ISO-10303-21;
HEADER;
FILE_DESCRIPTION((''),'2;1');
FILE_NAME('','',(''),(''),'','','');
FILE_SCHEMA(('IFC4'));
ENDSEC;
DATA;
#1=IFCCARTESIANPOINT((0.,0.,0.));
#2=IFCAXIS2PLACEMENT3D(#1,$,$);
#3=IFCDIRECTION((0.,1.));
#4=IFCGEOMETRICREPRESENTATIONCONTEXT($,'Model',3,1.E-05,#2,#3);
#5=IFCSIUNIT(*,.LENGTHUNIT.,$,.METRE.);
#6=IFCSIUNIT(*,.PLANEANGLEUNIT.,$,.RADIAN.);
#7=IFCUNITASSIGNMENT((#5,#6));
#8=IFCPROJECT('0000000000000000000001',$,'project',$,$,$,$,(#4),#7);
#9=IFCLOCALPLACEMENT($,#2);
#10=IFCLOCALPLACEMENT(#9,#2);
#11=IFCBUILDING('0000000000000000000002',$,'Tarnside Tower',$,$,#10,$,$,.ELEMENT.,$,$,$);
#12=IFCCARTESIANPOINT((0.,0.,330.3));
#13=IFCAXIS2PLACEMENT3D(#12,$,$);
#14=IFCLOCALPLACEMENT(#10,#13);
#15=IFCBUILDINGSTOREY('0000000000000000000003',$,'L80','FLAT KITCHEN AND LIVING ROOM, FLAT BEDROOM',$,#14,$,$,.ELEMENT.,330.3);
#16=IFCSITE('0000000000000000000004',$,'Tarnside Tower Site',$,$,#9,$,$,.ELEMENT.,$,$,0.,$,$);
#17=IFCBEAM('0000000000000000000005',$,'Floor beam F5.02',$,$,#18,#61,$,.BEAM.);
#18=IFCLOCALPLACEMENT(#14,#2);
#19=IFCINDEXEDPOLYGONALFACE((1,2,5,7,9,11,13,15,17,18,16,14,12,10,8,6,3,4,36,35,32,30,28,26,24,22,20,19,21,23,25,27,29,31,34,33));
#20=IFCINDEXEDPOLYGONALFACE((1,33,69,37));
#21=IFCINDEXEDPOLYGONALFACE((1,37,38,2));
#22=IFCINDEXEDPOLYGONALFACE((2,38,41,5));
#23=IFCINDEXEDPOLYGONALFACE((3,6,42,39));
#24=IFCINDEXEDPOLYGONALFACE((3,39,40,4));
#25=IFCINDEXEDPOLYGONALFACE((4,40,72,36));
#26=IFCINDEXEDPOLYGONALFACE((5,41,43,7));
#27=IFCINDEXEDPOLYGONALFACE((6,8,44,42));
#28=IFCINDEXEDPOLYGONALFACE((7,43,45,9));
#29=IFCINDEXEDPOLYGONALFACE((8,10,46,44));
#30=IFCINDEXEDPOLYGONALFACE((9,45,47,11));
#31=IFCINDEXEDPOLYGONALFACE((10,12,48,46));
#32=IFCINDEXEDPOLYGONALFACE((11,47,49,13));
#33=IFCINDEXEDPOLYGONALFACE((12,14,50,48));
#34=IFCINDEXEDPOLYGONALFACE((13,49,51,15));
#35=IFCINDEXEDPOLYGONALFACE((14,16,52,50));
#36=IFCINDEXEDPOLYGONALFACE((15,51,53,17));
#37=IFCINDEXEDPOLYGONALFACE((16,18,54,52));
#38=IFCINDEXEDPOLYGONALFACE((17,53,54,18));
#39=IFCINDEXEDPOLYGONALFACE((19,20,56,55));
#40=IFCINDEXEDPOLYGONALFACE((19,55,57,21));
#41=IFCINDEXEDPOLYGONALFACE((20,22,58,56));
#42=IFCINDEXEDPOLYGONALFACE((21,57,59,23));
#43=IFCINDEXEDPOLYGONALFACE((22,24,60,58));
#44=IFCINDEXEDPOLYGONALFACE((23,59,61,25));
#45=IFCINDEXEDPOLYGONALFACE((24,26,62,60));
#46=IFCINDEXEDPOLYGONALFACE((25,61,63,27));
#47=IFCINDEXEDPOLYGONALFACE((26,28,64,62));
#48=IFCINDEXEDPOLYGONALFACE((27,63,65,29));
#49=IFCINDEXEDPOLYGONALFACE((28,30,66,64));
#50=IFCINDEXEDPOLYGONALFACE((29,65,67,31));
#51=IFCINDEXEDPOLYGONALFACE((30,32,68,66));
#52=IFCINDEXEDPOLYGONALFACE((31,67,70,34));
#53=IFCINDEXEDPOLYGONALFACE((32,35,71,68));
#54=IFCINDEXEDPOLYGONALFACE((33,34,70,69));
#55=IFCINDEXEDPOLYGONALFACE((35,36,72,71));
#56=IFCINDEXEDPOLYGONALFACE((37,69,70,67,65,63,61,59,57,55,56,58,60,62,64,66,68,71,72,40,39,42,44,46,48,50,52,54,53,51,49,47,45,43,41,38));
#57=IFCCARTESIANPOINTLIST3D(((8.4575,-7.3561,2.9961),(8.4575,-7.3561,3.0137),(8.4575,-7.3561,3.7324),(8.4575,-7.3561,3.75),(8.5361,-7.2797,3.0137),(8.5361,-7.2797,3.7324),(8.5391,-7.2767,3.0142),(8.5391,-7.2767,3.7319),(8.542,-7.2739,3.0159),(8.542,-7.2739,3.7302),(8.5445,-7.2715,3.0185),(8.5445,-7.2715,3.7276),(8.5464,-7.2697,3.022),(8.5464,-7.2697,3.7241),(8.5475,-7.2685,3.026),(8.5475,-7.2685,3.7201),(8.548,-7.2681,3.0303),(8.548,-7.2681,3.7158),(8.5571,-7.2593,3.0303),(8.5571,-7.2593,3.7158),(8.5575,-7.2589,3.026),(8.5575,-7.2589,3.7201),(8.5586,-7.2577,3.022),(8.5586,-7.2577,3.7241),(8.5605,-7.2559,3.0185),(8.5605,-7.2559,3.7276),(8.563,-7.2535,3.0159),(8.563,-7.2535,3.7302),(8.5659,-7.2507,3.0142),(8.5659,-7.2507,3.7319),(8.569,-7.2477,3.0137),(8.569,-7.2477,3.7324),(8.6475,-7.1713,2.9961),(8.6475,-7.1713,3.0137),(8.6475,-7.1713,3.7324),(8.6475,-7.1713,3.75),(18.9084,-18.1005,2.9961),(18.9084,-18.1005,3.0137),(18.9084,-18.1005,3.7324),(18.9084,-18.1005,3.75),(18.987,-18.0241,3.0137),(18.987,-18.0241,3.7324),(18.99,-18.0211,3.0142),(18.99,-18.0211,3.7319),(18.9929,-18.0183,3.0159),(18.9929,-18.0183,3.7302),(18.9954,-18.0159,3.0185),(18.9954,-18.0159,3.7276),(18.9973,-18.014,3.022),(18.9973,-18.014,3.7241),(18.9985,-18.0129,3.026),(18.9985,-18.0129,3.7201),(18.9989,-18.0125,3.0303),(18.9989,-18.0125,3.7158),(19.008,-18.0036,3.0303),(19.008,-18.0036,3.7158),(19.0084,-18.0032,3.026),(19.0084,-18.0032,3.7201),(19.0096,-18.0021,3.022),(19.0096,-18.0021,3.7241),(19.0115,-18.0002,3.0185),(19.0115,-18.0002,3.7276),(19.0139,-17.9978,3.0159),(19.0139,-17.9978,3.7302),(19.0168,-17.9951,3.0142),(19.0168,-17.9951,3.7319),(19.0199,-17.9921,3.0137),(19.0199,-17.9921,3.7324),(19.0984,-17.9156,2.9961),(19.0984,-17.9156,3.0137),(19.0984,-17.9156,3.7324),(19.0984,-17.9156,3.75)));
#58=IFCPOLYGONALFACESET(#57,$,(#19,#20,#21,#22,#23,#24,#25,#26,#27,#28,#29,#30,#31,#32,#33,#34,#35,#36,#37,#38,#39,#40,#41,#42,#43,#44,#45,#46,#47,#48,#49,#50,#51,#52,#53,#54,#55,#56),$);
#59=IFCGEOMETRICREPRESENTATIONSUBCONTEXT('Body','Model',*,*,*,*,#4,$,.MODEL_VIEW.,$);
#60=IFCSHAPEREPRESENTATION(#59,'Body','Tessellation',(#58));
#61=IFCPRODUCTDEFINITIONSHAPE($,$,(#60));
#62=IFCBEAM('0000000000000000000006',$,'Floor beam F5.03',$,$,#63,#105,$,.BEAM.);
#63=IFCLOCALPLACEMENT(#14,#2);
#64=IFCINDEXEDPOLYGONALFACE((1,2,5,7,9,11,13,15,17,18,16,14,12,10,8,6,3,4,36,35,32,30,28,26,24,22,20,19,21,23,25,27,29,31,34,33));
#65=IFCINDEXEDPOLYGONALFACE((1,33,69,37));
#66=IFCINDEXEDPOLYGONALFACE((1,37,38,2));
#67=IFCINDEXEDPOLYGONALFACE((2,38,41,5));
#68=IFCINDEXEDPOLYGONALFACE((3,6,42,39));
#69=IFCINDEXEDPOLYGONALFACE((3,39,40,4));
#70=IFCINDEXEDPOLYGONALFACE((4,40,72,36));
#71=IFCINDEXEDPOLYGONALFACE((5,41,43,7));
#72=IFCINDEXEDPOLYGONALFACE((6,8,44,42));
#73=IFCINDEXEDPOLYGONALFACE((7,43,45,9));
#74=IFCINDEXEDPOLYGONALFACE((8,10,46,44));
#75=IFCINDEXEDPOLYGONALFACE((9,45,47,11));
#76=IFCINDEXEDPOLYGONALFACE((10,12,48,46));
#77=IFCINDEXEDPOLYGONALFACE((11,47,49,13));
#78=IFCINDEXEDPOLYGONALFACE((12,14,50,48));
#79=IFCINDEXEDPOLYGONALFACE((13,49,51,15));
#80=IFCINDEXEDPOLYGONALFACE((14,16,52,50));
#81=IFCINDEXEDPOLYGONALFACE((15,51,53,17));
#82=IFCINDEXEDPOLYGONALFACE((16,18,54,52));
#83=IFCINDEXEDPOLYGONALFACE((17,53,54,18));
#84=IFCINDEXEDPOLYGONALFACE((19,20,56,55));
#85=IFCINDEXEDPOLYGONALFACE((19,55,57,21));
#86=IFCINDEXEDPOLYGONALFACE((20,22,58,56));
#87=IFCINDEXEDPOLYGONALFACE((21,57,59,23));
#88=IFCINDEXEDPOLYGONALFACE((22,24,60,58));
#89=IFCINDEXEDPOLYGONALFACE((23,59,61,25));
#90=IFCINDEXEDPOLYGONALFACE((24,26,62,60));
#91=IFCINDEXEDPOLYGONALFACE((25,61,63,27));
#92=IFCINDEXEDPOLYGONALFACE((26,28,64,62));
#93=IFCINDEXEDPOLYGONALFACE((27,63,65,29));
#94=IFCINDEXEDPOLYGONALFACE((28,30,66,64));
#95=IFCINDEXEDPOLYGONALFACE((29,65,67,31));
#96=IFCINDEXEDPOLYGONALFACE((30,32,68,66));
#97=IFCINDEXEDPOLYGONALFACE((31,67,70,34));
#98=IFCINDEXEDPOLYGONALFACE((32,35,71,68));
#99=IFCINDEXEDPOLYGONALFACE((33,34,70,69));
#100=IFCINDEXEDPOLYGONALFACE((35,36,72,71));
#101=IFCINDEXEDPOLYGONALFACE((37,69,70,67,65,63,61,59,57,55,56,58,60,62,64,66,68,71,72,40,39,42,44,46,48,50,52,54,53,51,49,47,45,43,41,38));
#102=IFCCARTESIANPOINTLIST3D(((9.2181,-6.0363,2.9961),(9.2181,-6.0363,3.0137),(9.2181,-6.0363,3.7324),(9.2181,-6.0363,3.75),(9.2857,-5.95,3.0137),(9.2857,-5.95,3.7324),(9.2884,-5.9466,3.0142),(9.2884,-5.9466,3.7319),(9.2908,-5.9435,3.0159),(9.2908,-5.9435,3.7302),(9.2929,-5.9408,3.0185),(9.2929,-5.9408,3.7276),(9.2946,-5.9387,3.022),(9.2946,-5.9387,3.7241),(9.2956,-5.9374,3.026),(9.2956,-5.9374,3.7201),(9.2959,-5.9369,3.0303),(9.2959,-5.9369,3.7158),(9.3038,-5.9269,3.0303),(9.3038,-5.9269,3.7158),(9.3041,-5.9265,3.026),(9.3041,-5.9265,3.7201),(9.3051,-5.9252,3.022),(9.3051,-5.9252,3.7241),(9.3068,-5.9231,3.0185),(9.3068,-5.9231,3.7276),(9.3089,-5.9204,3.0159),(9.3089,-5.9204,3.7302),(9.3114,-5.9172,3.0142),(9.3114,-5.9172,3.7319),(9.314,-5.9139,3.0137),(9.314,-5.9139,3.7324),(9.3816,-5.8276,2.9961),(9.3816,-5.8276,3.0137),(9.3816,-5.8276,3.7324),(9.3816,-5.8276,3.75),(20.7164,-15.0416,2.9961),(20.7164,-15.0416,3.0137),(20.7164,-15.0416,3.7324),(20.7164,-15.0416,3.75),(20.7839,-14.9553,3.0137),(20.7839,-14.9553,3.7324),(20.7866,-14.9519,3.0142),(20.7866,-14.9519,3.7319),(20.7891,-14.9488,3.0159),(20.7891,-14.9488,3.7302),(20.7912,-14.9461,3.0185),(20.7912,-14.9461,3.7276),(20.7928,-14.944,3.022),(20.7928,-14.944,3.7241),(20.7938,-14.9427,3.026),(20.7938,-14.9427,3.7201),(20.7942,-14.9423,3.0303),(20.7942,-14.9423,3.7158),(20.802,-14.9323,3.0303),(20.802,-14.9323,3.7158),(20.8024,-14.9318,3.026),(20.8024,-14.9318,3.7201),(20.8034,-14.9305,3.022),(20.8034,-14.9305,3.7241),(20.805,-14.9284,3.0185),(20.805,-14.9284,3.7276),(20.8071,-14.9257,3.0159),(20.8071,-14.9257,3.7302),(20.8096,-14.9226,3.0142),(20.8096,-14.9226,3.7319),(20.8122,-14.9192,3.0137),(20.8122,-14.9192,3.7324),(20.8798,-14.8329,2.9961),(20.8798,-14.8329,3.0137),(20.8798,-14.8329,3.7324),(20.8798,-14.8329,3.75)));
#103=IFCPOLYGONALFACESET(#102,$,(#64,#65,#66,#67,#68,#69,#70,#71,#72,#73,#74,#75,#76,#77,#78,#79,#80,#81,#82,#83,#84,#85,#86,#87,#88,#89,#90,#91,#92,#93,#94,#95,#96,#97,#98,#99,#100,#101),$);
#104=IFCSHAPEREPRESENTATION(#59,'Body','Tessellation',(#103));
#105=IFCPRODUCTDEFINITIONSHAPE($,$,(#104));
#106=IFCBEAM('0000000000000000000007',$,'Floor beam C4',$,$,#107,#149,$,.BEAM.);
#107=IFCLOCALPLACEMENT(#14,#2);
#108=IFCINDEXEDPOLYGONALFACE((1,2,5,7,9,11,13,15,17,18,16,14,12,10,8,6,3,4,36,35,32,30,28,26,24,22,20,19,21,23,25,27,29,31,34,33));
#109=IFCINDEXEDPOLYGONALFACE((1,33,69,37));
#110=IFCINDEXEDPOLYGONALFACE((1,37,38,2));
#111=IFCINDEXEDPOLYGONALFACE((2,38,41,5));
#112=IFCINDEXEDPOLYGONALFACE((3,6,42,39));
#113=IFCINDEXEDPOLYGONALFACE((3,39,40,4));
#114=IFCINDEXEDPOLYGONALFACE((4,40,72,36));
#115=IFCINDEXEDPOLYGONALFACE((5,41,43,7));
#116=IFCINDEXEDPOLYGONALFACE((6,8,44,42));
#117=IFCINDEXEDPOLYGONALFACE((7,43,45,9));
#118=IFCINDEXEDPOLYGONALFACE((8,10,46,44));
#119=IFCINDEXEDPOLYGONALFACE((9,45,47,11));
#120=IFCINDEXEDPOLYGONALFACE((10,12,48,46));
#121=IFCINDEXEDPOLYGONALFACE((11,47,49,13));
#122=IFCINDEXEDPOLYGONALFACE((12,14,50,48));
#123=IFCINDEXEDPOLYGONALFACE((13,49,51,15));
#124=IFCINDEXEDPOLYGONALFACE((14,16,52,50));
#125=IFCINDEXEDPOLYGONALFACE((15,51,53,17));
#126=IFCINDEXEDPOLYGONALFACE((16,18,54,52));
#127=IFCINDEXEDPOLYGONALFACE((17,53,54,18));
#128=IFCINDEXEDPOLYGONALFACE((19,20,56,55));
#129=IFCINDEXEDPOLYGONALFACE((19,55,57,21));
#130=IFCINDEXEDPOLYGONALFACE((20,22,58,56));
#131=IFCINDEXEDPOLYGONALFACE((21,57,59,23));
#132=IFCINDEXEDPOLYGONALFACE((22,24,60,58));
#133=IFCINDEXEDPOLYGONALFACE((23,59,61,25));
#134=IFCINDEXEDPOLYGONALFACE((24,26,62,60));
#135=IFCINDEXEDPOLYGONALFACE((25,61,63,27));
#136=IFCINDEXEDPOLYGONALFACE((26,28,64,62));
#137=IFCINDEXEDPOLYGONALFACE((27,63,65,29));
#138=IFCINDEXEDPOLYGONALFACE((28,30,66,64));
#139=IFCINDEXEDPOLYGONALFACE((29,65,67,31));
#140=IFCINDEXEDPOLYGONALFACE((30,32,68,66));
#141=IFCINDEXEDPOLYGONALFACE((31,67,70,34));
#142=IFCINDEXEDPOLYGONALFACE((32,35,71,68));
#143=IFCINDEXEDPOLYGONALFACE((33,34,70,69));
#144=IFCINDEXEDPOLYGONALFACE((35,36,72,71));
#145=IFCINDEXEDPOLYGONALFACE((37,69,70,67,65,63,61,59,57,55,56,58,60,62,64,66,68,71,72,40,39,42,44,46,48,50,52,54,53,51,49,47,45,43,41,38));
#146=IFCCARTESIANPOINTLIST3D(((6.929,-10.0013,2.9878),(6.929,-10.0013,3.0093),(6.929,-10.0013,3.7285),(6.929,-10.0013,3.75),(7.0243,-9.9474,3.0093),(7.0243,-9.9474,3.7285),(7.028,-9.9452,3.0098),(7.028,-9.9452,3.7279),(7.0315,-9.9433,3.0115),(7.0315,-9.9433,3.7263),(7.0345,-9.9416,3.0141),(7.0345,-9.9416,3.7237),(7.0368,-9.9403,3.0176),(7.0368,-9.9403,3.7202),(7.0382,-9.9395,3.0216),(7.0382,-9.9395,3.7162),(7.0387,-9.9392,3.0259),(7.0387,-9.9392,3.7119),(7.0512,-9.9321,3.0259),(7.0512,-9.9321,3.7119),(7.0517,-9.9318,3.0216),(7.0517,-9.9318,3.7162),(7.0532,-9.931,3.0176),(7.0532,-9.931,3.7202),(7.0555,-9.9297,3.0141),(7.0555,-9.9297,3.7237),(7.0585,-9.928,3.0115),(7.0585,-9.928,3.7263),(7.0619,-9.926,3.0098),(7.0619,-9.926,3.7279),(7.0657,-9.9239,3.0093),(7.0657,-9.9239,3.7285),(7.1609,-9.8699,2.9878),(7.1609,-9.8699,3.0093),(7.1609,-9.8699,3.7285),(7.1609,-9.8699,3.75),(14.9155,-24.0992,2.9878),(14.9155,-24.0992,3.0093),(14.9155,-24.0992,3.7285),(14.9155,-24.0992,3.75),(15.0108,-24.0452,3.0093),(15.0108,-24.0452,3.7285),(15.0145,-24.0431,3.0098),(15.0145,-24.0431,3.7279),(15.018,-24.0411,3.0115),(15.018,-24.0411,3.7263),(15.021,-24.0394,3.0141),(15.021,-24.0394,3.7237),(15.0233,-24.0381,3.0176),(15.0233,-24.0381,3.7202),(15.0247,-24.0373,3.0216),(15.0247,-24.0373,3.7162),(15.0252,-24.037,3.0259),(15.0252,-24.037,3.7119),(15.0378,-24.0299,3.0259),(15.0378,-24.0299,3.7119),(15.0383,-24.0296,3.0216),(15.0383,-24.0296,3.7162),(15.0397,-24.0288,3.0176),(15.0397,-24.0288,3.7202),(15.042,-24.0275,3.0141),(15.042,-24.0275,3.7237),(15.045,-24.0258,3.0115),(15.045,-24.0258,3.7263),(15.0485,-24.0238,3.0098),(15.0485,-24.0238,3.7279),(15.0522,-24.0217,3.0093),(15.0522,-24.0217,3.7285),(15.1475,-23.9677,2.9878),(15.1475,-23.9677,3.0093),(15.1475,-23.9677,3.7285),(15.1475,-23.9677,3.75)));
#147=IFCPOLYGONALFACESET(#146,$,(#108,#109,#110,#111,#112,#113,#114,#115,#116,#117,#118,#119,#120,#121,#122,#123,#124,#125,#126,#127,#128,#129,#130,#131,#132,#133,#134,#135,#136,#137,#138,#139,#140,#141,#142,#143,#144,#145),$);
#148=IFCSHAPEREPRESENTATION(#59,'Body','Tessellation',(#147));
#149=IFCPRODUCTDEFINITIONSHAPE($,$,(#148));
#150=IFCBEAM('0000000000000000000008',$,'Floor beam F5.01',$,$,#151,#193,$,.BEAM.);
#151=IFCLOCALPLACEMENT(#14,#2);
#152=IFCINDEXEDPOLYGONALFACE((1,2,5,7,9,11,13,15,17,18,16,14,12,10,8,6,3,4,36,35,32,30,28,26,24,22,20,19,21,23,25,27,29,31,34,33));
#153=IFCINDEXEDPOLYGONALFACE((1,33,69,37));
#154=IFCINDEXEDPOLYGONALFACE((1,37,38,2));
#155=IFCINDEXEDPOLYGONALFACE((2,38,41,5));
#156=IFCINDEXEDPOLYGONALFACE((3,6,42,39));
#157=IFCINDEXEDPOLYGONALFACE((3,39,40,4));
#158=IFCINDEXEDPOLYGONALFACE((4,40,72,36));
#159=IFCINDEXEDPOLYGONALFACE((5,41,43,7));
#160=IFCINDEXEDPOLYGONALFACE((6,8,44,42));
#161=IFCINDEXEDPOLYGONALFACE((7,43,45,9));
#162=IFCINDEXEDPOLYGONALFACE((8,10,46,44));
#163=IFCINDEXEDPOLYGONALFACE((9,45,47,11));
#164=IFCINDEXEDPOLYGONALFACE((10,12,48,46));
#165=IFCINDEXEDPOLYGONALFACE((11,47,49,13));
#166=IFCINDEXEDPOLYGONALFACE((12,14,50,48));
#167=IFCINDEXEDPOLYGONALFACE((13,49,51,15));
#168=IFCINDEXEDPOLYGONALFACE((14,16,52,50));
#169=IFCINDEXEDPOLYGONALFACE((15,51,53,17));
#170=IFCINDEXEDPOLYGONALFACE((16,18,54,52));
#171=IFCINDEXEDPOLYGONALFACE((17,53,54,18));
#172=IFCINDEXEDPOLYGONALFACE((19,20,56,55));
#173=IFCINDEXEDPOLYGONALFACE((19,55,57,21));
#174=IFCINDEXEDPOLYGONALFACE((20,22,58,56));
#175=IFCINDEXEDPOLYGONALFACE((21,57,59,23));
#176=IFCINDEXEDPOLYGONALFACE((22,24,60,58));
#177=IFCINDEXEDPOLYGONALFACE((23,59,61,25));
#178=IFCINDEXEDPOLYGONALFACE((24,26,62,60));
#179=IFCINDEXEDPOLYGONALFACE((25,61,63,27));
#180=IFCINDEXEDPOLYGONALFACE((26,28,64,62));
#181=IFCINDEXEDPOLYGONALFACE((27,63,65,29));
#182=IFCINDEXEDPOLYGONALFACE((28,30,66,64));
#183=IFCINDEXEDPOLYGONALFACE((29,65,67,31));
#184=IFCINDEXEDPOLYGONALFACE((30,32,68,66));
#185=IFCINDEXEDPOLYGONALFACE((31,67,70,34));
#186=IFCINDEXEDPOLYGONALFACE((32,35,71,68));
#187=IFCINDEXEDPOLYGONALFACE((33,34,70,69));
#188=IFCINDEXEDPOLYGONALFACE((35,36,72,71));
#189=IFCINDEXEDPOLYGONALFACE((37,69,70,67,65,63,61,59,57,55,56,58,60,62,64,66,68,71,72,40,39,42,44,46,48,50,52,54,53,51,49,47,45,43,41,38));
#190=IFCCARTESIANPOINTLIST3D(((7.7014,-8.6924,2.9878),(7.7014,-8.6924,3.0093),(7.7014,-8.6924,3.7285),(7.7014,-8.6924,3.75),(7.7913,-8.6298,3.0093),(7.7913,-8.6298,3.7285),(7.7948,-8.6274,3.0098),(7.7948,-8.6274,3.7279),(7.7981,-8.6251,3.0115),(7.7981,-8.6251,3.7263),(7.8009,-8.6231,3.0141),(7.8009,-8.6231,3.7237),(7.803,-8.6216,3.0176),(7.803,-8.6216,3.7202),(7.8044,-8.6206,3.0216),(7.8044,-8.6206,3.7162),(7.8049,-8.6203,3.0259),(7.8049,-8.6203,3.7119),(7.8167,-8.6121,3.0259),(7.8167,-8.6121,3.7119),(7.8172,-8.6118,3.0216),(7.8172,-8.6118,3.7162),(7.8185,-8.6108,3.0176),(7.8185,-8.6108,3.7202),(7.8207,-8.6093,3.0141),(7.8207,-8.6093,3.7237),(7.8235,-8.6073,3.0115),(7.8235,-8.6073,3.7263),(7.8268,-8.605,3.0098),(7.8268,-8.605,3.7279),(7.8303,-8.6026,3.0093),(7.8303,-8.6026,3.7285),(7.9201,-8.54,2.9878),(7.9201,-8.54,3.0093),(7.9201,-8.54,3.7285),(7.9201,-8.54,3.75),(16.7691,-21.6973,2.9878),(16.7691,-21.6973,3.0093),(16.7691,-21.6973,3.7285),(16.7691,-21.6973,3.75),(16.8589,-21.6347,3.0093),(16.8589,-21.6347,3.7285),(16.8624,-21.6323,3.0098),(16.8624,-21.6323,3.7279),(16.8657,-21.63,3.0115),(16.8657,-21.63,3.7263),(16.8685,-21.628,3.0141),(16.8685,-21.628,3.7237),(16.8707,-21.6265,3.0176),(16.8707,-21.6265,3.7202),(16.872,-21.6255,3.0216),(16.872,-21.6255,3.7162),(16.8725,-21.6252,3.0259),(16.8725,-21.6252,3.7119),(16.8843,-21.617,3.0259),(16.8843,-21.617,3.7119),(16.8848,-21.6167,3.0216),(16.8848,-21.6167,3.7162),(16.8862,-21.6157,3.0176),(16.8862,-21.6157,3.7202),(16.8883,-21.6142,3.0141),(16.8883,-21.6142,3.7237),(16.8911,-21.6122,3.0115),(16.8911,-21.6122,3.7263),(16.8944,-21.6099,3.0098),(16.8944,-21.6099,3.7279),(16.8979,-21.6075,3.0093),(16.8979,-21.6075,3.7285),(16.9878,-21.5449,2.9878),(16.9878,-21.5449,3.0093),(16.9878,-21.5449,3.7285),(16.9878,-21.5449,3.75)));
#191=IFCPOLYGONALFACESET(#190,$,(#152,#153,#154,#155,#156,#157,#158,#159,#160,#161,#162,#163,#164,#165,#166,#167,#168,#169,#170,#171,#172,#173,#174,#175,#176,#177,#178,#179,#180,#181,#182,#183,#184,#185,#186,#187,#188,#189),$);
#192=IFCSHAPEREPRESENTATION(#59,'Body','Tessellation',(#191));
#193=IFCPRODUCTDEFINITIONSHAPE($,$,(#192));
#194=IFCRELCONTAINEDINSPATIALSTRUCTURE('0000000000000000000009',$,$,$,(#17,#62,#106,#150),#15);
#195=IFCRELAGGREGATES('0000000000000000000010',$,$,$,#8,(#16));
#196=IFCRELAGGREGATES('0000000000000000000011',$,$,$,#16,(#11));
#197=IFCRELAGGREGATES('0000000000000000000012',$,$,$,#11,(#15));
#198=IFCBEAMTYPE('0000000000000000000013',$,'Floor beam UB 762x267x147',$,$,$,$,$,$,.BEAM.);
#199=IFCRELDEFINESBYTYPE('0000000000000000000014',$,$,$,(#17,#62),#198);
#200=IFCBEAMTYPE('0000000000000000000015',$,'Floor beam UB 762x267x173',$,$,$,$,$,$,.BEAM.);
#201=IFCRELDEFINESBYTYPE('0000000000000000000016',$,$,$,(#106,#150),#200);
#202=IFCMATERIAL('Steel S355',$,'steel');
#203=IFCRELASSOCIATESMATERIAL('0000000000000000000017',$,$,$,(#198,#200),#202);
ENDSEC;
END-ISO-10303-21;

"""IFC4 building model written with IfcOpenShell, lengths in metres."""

from ifc_helpers import new_model, si_unit, direction, frame, origin, origin_2d, place, context, subcontext, project, spatial, i_section, extrude, material, material_profile, profile_set, type_object, element, save


model = new_model("IFC4")

# Units and contexts
model_context = context("Model", 3, precision=1e-05, world=origin(), true_north=direction((0.0, 1.0)))
body_context = subcontext(model_context, "Body", "Model", "MODEL_VIEW")
ifc_project = project(units=[si_unit("LENGTHUNIT", "METRE"), si_unit("PLANEANGLEUNIT", "RADIAN")], contexts=[model_context])

# Site, building, storey
site_placement = place(None, origin())
site = spatial("IfcSite", under=ifc_project, at=site_placement, Name="Tarnside Tower Site", CompositionType="ELEMENT", RefElevation=0.0)
building_placement = place(site_placement, origin())
building = spatial("IfcBuilding", under=site, at=building_placement, Name="Tarnside Tower", CompositionType="ELEMENT")
storey_placement = place(building_placement, frame((0.0, 0.0, 330.3)))
storey = spatial("IfcBuildingStorey", under=building, at=storey_placement, Name="L80", Description="FLAT KITCHEN AND LIVING ROOM, FLAT BEDROOM", CompositionType="ELEMENT", Elevation=330.3)

# Beams
ifc_material_1 = material(Name="Steel S355", Category="steel")
ifc_material_profile_1 = material_profile(ifc_material_1, i_section(OverallWidth=0.2651, OverallDepth=0.7539, WebThickness=0.0127, FlangeThickness=0.0176, FilletRadius=0.0166, at=origin_2d()), Name="UB 762x267x147")
ifc_profile_set_1 = profile_set([ifc_material_profile_1], Name="Steel S355")
beam_type_1 = type_object("IfcBeamType", Name="Floor beam UB 762x267x147", PredefinedType="BEAM", material=ifc_profile_set_1)
beam_1_placement = place(storey_placement, frame((19.0034, -18.0081, 3.373), z_axis=(-0.69725, 0.716828, 0.0), x_axis=(-0.716828, -0.69725, 0.0)))
element("IfcBeam", 1, at=beam_1_placement, inside=storey, type_object=beam_type_1, Name="Floor beam F5.02", PredefinedType="BEAM", context=body_context, shape_type="SweptSolid", body=[
    extrude(i_section(OverallWidth=0.2651, OverallDepth=0.7539, WebThickness=0.0127, FlangeThickness=0.0176, FilletRadius=0.0166, at=origin_2d()), origin(), (0.0, 0.0, 1.0), 14.9888),
])
beam_2_placement = place(storey_placement, frame((20.7981, -14.9373, 3.373), z_axis=(-0.787282, 0.616593, 0.0), x_axis=(-0.616593, -0.787282, 0.0)))
element("IfcBeam", 2, at=beam_2_placement, inside=storey, type_object=beam_type_1, Name="Floor beam F5.03", PredefinedType="BEAM", context=body_context, shape_type="SweptSolid", body=[
    extrude(i_section(OverallWidth=0.2651, OverallDepth=0.7539, WebThickness=0.0127, FlangeThickness=0.0176, FilletRadius=0.0166, at=origin_2d()), origin(), (0.0, 0.0, 1.0), 14.605),
])
ifc_material_profile_2 = material_profile(ifc_material_1, i_section(OverallWidth=0.2666, OverallDepth=0.7622, WebThickness=0.0144, FlangeThickness=0.0215, FilletRadius=0.0166, at=origin_2d()), Name="UB 762x267x173")
ifc_profile_set_2 = profile_set([ifc_material_profile_2], Name="Steel S355")
beam_type_2 = type_object("IfcBeamType", Name="Floor beam UB 762x267x173", PredefinedType="BEAM", material=ifc_profile_set_2)
beam_3_placement = place(storey_placement, frame((15.0315, -24.0334, 3.3689), z_axis=(-0.492908, 0.870081, 0.0), x_axis=(-0.870081, -0.492908, 0.0)))
element("IfcBeam", 3, at=beam_3_placement, inside=storey, type_object=beam_type_2, Name="Floor beam C4", PredefinedType="BEAM", context=body_context, shape_type="SweptSolid", body=[
    extrude(i_section(OverallWidth=0.2666, OverallDepth=0.7622, WebThickness=0.0144, FlangeThickness=0.0215, FilletRadius=0.0166, at=origin_2d()), origin(), (0.0, 0.0, 1.0), 16.2029),
])
beam_4_placement = place(storey_placement, frame((16.8784, -21.6211, 3.3689), z_axis=(-0.571946, 0.820291, 0.0), x_axis=(-0.820291, -0.571946, 0.0)))
element("IfcBeam", 4, at=beam_4_placement, inside=storey, type_object=beam_type_2, Name="Floor beam F5.01", PredefinedType="BEAM", context=body_context, shape_type="SweptSolid", body=[
    extrude(i_section(OverallWidth=0.2666, OverallDepth=0.7622, WebThickness=0.0144, FlangeThickness=0.0215, FilletRadius=0.0166, at=origin_2d()), origin(), (0.0, 0.0, 1.0), 15.854),
])

save(model, "model.ifc")
